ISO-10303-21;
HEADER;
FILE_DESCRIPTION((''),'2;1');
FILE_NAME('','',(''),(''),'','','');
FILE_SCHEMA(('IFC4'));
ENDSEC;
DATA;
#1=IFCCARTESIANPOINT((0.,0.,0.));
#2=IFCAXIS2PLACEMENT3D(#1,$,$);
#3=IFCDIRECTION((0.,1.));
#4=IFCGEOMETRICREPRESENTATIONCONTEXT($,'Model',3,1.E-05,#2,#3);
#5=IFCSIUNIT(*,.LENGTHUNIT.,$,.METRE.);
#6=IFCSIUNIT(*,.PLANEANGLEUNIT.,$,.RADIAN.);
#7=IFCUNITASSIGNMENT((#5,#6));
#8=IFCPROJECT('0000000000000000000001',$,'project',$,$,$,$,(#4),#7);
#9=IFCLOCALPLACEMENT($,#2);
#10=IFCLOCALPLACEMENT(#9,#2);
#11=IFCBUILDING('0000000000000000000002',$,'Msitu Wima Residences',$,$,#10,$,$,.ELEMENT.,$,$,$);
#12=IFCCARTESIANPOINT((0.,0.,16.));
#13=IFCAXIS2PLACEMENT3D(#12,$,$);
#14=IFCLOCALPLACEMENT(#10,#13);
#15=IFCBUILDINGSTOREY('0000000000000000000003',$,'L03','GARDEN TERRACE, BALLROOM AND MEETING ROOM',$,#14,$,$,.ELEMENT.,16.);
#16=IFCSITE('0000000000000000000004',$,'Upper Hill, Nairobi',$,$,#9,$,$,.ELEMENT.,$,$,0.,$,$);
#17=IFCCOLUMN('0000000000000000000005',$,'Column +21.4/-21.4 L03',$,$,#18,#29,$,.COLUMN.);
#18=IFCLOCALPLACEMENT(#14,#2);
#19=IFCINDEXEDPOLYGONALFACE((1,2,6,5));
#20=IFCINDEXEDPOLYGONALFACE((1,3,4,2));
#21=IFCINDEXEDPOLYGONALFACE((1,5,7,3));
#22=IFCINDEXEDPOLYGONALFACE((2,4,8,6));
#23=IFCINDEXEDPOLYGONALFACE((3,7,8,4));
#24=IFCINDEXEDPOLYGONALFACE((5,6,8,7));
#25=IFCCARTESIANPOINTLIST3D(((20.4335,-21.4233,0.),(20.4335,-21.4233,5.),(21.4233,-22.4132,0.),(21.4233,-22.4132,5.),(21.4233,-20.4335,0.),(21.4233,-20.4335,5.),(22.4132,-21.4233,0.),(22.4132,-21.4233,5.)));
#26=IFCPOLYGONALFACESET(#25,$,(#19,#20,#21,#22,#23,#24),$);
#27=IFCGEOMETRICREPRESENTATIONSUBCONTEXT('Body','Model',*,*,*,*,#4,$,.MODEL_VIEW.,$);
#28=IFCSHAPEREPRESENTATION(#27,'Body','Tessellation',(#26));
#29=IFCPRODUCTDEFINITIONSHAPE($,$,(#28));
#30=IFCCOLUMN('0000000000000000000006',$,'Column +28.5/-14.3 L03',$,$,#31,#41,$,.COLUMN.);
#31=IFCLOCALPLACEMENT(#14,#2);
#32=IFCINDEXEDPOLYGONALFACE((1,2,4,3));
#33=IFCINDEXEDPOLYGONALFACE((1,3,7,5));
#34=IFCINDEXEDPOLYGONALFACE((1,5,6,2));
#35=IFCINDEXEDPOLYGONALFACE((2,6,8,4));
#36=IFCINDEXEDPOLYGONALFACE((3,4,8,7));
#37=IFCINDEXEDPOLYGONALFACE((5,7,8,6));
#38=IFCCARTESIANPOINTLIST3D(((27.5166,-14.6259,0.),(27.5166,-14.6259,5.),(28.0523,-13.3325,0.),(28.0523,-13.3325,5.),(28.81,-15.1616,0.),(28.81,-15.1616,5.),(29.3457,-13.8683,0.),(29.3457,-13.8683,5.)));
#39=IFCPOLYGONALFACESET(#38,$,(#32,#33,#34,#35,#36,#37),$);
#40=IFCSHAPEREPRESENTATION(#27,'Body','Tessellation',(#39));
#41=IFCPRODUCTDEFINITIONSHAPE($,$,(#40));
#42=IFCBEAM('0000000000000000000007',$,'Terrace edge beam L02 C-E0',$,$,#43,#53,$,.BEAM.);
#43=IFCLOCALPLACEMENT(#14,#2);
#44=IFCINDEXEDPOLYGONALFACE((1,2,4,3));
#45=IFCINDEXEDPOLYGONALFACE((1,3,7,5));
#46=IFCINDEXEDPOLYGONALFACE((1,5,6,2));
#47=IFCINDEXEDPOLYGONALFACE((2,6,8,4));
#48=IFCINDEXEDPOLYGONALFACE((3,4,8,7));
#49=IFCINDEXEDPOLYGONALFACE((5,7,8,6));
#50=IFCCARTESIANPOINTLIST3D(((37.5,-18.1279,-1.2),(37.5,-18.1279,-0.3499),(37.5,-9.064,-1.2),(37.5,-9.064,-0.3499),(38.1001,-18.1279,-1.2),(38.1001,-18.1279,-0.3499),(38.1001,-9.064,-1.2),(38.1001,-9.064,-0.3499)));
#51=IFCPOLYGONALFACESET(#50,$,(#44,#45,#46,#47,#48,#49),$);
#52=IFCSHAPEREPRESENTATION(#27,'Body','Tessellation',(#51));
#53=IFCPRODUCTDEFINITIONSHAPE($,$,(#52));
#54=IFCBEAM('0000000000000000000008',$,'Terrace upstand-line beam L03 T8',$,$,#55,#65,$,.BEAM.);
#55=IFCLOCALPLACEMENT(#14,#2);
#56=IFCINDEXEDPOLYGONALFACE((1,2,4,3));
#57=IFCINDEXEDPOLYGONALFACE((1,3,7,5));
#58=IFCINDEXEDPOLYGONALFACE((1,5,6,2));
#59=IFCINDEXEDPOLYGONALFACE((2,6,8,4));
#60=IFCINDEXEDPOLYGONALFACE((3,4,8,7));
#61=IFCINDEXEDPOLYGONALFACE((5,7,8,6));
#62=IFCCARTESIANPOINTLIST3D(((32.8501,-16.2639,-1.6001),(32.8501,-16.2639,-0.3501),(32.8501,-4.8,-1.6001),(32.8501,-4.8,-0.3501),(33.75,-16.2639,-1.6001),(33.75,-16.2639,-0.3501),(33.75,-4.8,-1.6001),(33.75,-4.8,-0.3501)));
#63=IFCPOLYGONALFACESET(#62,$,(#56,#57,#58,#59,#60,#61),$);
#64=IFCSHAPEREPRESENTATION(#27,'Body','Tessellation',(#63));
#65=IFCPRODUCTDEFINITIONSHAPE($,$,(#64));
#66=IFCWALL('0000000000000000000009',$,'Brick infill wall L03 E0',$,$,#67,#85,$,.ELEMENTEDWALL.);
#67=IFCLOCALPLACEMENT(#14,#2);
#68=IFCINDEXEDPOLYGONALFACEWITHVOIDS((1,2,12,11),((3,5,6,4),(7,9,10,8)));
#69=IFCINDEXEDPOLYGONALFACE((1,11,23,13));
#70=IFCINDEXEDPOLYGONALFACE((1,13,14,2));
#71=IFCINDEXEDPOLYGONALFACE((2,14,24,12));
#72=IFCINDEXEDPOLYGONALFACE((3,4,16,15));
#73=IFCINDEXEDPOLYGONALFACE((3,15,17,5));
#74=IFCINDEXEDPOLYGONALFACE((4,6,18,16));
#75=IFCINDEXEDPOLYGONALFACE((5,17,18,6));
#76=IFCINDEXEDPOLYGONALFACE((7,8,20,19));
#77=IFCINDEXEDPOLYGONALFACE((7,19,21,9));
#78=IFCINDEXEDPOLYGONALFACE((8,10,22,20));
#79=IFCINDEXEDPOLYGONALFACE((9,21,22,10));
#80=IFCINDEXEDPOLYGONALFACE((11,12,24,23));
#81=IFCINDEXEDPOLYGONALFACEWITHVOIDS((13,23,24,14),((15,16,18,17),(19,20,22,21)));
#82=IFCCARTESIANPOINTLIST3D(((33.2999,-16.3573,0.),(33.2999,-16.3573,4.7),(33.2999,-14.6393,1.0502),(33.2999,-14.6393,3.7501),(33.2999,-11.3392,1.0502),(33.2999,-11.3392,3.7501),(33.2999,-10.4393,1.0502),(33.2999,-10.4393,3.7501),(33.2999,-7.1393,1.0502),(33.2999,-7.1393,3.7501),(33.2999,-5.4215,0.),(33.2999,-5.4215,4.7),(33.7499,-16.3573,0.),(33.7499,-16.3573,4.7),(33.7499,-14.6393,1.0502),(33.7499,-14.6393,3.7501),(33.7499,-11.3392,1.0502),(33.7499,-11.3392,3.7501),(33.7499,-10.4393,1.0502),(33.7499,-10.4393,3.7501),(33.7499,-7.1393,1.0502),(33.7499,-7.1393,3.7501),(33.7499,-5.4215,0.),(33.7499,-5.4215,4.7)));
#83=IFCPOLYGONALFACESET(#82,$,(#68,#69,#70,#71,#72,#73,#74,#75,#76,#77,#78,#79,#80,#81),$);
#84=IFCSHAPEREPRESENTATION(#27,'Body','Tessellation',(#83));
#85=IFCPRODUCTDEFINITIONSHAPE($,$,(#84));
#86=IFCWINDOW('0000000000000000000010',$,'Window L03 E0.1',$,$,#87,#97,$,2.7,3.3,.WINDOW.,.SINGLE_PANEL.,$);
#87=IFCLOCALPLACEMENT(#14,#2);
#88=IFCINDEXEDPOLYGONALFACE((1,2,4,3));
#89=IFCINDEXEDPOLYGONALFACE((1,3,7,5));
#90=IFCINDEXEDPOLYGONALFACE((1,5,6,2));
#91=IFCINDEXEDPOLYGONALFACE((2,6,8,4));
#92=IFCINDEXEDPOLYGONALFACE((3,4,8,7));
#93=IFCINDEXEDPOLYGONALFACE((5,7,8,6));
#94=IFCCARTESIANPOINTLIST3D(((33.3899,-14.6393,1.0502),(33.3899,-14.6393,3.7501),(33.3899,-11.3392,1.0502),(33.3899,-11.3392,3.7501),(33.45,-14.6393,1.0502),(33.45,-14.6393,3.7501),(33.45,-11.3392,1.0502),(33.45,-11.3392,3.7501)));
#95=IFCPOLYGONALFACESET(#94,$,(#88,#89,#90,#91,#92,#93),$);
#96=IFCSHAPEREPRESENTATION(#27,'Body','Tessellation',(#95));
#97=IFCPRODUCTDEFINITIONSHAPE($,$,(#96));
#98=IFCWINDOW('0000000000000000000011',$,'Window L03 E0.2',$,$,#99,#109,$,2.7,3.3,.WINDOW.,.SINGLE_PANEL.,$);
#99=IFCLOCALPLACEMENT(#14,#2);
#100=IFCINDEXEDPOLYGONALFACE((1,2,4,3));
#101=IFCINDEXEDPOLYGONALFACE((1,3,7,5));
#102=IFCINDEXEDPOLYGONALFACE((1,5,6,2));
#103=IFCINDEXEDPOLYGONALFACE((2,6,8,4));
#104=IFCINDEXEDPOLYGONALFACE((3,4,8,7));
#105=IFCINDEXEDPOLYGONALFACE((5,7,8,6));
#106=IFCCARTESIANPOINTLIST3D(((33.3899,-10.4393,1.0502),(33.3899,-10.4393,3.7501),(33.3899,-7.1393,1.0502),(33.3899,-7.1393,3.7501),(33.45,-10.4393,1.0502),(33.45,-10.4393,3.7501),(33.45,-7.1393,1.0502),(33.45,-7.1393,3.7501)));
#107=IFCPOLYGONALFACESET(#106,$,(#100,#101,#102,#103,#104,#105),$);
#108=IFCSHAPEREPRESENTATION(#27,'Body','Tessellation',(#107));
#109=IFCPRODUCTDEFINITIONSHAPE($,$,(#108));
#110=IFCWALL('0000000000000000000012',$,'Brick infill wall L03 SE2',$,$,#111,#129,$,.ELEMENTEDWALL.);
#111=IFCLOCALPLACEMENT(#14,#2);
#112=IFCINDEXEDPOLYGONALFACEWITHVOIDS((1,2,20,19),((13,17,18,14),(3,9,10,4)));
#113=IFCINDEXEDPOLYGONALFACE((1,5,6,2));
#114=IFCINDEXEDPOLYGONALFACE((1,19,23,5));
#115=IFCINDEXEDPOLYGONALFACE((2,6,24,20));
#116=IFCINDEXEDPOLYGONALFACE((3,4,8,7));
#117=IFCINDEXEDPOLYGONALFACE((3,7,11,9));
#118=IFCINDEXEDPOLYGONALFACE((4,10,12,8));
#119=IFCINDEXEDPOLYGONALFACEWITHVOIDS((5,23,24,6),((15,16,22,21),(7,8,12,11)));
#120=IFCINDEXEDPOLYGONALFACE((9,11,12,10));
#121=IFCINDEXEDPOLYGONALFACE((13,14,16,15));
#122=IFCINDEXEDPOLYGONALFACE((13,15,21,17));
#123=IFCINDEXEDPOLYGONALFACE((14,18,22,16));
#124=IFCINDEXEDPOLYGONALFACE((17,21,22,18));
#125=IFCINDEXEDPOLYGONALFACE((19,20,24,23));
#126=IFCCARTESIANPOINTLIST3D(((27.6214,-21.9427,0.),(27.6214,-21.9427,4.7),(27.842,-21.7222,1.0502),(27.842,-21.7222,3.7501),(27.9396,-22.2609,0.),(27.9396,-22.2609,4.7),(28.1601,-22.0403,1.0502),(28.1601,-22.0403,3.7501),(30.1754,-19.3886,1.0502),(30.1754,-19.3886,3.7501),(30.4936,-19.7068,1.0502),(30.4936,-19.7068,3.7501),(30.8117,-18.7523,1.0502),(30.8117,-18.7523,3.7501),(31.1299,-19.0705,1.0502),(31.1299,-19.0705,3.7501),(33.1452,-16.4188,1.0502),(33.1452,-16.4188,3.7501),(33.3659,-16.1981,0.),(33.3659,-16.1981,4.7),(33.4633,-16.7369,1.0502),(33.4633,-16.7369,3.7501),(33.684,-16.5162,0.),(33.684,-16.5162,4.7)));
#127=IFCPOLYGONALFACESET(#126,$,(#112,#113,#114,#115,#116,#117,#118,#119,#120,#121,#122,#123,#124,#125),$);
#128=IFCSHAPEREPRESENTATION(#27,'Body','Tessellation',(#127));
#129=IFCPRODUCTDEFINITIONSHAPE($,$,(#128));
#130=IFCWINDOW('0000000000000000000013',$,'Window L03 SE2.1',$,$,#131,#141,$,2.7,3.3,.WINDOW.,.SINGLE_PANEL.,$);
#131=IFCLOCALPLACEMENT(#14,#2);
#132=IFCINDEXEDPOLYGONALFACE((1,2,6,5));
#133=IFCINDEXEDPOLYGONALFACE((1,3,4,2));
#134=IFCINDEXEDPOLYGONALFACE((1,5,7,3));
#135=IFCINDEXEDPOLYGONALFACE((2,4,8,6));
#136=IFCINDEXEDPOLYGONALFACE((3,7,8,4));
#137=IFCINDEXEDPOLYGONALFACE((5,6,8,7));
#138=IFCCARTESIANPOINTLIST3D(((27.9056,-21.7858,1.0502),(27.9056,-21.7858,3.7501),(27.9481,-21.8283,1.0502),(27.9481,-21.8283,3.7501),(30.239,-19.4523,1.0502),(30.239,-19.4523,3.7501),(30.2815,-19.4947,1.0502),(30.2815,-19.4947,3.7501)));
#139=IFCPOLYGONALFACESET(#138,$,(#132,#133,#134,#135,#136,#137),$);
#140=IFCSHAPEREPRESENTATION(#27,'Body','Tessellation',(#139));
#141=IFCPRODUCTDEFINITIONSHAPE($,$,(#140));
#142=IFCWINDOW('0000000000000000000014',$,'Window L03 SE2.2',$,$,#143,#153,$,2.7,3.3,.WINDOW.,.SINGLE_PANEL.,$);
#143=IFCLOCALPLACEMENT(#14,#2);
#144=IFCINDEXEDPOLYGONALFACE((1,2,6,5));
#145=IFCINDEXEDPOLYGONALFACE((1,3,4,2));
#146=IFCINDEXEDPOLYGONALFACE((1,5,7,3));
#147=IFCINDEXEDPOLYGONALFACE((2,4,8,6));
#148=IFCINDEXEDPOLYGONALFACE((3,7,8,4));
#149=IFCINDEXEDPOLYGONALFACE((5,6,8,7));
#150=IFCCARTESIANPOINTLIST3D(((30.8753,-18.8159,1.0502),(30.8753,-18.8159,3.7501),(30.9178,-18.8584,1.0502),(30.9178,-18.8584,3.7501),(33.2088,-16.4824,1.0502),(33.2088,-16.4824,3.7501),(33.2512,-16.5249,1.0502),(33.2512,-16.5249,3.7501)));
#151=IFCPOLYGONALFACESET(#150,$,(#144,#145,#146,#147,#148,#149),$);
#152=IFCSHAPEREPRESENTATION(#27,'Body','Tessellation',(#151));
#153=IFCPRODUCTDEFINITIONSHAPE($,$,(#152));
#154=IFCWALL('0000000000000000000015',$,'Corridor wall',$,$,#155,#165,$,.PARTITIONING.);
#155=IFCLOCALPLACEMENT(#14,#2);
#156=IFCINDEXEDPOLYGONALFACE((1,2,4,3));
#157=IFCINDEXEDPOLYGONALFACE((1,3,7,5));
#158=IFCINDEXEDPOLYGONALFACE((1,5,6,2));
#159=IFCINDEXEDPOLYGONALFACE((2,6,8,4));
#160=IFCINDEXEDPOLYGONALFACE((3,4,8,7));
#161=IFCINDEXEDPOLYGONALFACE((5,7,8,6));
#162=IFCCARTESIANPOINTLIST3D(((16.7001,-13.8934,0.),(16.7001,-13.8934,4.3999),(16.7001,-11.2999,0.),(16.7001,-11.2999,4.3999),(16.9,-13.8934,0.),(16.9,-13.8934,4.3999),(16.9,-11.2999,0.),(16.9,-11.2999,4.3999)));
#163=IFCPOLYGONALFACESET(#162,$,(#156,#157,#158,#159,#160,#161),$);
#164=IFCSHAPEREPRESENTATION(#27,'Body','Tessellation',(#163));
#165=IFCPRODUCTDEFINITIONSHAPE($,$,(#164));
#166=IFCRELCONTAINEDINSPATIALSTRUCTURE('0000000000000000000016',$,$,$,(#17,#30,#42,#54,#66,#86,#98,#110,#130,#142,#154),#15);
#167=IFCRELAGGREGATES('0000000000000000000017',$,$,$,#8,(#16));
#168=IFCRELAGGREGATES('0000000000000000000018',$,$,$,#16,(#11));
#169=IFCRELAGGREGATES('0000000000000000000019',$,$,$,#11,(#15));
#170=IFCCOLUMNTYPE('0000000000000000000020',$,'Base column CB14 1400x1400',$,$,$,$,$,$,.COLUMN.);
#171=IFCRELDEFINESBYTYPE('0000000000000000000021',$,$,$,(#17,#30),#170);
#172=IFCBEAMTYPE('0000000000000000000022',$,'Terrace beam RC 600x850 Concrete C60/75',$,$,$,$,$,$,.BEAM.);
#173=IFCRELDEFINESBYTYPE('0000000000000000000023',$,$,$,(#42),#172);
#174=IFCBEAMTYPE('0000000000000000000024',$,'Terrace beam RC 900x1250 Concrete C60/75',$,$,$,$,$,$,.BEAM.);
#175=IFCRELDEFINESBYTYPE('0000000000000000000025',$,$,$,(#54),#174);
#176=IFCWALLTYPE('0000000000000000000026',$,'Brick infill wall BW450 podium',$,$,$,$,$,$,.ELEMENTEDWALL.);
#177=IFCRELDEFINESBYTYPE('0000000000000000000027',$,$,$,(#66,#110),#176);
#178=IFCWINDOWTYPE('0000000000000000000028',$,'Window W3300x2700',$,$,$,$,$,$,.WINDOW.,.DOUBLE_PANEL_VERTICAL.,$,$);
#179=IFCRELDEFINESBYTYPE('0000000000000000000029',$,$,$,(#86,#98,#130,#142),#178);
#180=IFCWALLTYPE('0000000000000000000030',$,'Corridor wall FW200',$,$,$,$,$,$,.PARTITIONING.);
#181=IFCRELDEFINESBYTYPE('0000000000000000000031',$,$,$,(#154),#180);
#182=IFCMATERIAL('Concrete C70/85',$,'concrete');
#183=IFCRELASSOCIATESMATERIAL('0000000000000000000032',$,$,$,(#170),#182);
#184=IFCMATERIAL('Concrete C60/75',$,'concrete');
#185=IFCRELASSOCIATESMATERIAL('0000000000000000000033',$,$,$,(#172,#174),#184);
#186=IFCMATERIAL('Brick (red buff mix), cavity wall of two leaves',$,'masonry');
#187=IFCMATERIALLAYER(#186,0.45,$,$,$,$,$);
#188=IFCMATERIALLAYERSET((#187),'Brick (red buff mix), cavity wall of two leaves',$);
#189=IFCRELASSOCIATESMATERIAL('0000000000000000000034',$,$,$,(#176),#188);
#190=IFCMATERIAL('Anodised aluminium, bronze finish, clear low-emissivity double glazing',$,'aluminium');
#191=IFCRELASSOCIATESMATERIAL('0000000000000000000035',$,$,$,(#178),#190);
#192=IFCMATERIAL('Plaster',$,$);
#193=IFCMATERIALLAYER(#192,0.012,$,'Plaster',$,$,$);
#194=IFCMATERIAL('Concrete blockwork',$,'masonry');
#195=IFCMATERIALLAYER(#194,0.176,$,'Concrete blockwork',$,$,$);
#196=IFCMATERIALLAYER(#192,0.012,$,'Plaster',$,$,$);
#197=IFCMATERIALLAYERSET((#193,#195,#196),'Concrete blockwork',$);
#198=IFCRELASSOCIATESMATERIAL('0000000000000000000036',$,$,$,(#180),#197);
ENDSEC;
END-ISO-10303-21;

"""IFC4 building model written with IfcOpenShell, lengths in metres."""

from ifc_helpers import new_model, si_unit, direction, frame, frame_2d, origin, origin_2d, place, context, subcontext, project, spatial, rectangle, extrude, material, layer, layer_set, material_profile, profile_set, type_object, element, fill, save


model = new_model("IFC4")

# Units and contexts
model_context = context("Model", 3, precision=1e-05, world=origin(), true_north=direction((0.0, 1.0)))
body_context = subcontext(model_context, "Body", "Model", "MODEL_VIEW")
ifc_project = project(units=[si_unit("LENGTHUNIT", "METRE"), si_unit("PLANEANGLEUNIT", "RADIAN")], contexts=[model_context])

# Site, building, storey
site_placement = place(None, origin())
site = spatial("IfcSite", under=ifc_project, at=site_placement, Name="Upper Hill, Nairobi", CompositionType="ELEMENT", RefElevation=0.0)
building_placement = place(site_placement, origin())
building = spatial("IfcBuilding", under=site, at=building_placement, Name="Msitu Wima Residences", CompositionType="ELEMENT")
storey_placement = place(building_placement, frame((0.0, 0.0, 16.0)))
storey = spatial("IfcBuildingStorey", under=building, at=storey_placement, Name="L03", Description="GARDEN TERRACE, BALLROOM AND MEETING ROOM", CompositionType="ELEMENT", Elevation=16.0)

# Columns
ifc_material_1 = material(Name="Concrete C70/85", Category="concrete")
ifc_material_profile_1 = material_profile(ifc_material_1, rectangle(XDim=1.3999, YDim=1.3999, at=origin_2d()), Name="RC 1400x1400")
ifc_profile_set_1 = profile_set([ifc_material_profile_1], Name="Concrete C70/85")
column_type = type_object("IfcColumnType", Name="Base column CB14 1400x1400", PredefinedType="COLUMN", material=ifc_profile_set_1)
for number, where, z_axis, x_axis, name in (
    (1, (21.4233, -21.4233, 0.0), (0.0, 0.0, 1.0), (0.707107, 0.707107, 0.0), "Column +21.4/-21.4 L03"),
    (2, (28.4312, -14.2471, 0.0), (0.0, 0.0, 1.0), (0.382683, 0.92388, 0.0), "Column +28.5/-14.3 L03"),
):
    element("IfcColumn", number, at=place(storey_placement, frame(where, z_axis=z_axis, x_axis=x_axis)), inside=storey, type_object=column_type, Name=name, PredefinedType="COLUMN", context=body_context, shape_type="SweptSolid", body=[
        extrude(rectangle(XDim=1.3999, YDim=1.3999, at=origin_2d()), origin(), (0.0, 0.0, 1.0), 5.0),
    ])

# Beams
ifc_material_2 = material(Name="Concrete C60/75", Category="concrete")
ifc_material_profile_2 = material_profile(ifc_material_2, rectangle(XDim=0.6001, YDim=0.8501, at=origin_2d()), Name="RC 600x850")
ifc_profile_set_2 = profile_set([ifc_material_profile_2], Name="Concrete C60/75")
beam_type_1 = type_object("IfcBeamType", Name="Terrace beam RC 600x850 Concrete C60/75", PredefinedType="BEAM", material=ifc_profile_set_2)
beam_1_placement = place(storey_placement, frame((37.8, -18.1279, -0.7749), z_axis=(0.0, 1.0, 0.0), x_axis=(-1.0, 0.0, 0.0)))
element("IfcBeam", 3, at=beam_1_placement, inside=storey, type_object=beam_type_1, Name="Terrace edge beam L02 C-E0", PredefinedType="BEAM", context=body_context, shape_type="SweptSolid", body=[
    extrude(rectangle(XDim=0.6001, YDim=0.8501, at=origin_2d()), origin(), (0.0, 0.0, 1.0), 9.064),
])
ifc_material_profile_3 = material_profile(ifc_material_2, rectangle(XDim=0.8999, YDim=1.25, at=origin_2d()), Name="RC 900x1250")
ifc_profile_set_3 = profile_set([ifc_material_profile_3], Name="Concrete C60/75")
beam_type_2 = type_object("IfcBeamType", Name="Terrace beam RC 900x1250 Concrete C60/75", PredefinedType="BEAM", material=ifc_profile_set_3)
beam_2_placement = place(storey_placement, frame((33.3, -16.2639, -0.9751), z_axis=(0.0, 1.0, 0.0), x_axis=(-1.0, 0.0, 0.0)))
element("IfcBeam", 4, at=beam_2_placement, inside=storey, type_object=beam_type_2, Name="Terrace upstand-line beam L03 T8", PredefinedType="BEAM", context=body_context, shape_type="SweptSolid", body=[
    extrude(rectangle(XDim=0.8999, YDim=1.25, at=origin_2d()), origin(), (0.0, 0.0, 1.0), 11.4639),
])

# Walls, openings, windows
ifc_material_3 = material(Name="Brick (red buff mix), cavity wall of two leaves", Category="masonry")
ifc_layer_1 = layer(ifc_material_3, 0.45)
ifc_layer_set_1 = layer_set([ifc_layer_1], Name="Brick (red buff mix), cavity wall of two leaves")
wall_type_1 = type_object("IfcWallType", Name="Brick infill wall BW450 podium", PredefinedType="ELEMENTEDWALL", material=ifc_layer_set_1)
wall_1_placement = place(storey_placement, frame((33.5249, -16.3572, 0.0), z_axis=(0.0, 0.0, 1.0), x_axis=(0.0, 1.0, 0.0)))
wall_1 = element("IfcWall", 5, at=wall_1_placement, inside=storey, type_object=wall_type_1, Name="Brick infill wall L03 E0", PredefinedType="ELEMENTEDWALL", context=body_context, shape_type="SweptSolid", body=[
    extrude(rectangle(XDim=10.9358, YDim=0.45, at=frame_2d((5.4678, 0.0))), origin(), (0.0, 0.0, 1.0), 4.7),
])
opening_1_placement = place(wall_1_placement, frame((1.718, 0.0, 1.05)))
opening_1 = element("IfcOpeningElement", 6, at=opening_1_placement, cuts=wall_1, PredefinedType="OPENING", context=body_context, shape_type="SweptSolid", body=[
    extrude(rectangle(XDim=3.3, YDim=2.7, at=frame_2d((1.6499, 1.3501))), frame((0.0, 0.2349, 0.0), z_axis=(0.0, -1.0, 0.0), x_axis=(1.0, 0.0, 0.0)), (0.0, 0.0, 1.0), 0.47),
])
opening_2_placement = place(wall_1_placement, frame((5.918, 0.0, 1.05)))
opening_2 = element("IfcOpeningElement", 7, at=opening_2_placement, cuts=wall_1, PredefinedType="OPENING", context=body_context, shape_type="SweptSolid", body=[
    extrude(rectangle(XDim=3.3, YDim=2.7, at=frame_2d((1.6499, 1.3501))), frame((0.0, 0.2349, 0.0), z_axis=(0.0, -1.0, 0.0), x_axis=(1.0, 0.0, 0.0)), (0.0, 0.0, 1.0), 0.47),
])
ifc_material_4 = material(Name="Anodised aluminium, bronze finish, clear low-emissivity double glazing", Category="aluminium")
window_type = type_object("IfcWindowType", Name="Window W3300x2700", PartitioningType="DOUBLE_PANEL_VERTICAL", PredefinedType="WINDOW", material=ifc_material_4)
window_1_placement = place(opening_1_placement, origin())
window_1 = element("IfcWindow", 8, at=window_1_placement, inside=storey, type_object=window_type, Name="Window L03 E0.1", OverallHeight=2.7, OverallWidth=3.3, PartitioningType="SINGLE_PANEL", PredefinedType="WINDOW", context=body_context, shape_type="SweptSolid", body=[
    extrude(rectangle(XDim=3.3, YDim=2.7, at=frame_2d((1.6499, 1.3501))), frame((0.0, 0.135, 0.0), z_axis=(0.0, -1.0, 0.0), x_axis=(1.0, 0.0, 0.0)), (0.0, 0.0, 1.0), 0.0601),
])
fill(opening_1, window_1)
window_2_placement = place(opening_2_placement, origin())
window_2 = element("IfcWindow", 9, at=window_2_placement, inside=storey, type_object=window_type, Name="Window L03 E0.2", OverallHeight=2.7, OverallWidth=3.3, PartitioningType="SINGLE_PANEL", PredefinedType="WINDOW", context=body_context, shape_type="SweptSolid", body=[
    extrude(rectangle(XDim=3.3, YDim=2.7, at=frame_2d((1.6499, 1.3501))), frame((0.0, 0.135, 0.0), z_axis=(0.0, -1.0, 0.0), x_axis=(1.0, 0.0, 0.0)), (0.0, 0.0, 1.0), 0.0601),
])
fill(opening_2, window_2)
wall_2_placement = place(storey_placement, frame((27.7805, -22.1018, 0.0), z_axis=(0.0, 0.0, 1.0), x_axis=(0.707092, 0.707122, 0.0)))
wall_2 = element("IfcWall", 10, at=wall_2_placement, inside=storey, type_object=wall_type_1, Name="Brick infill wall L03 SE2", PredefinedType="ELEMENTEDWALL", context=body_context, shape_type="SweptSolid", body=[
    extrude(rectangle(XDim=8.124, YDim=0.45, at=frame_2d((4.062, 0.0))), origin(), (0.0, 0.0, 1.0), 4.7),
])
opening_3_placement = place(wall_2_placement, frame((0.312, 0.0, 1.05)))
opening_3 = element("IfcOpeningElement", 11, at=opening_3_placement, cuts=wall_2, PredefinedType="OPENING", context=body_context, shape_type="SweptSolid", body=[
    extrude(rectangle(XDim=3.3, YDim=2.7, at=frame_2d((1.6499, 1.3501))), frame((0.0, 0.2349, 0.0), z_axis=(0.0, -1.0, 0.0), x_axis=(1.0, 0.0, 0.0)), (0.0, 0.0, 1.0), 0.47),
])
opening_4_placement = place(wall_2_placement, frame((4.512, 0.0, 1.05)))
opening_4 = element("IfcOpeningElement", 12, at=opening_4_placement, cuts=wall_2, PredefinedType="OPENING", context=body_context, shape_type="SweptSolid", body=[
    extrude(rectangle(XDim=3.3, YDim=2.7, at=frame_2d((1.6499, 1.3501))), frame((0.0, 0.2349, 0.0), z_axis=(0.0, -1.0, 0.0), x_axis=(1.0, 0.0, 0.0)), (0.0, 0.0, 1.0), 0.47),
])
window_3_placement = place(opening_3_placement, origin())
window_3 = element("IfcWindow", 13, at=window_3_placement, inside=storey, type_object=window_type, Name="Window L03 SE2.1", OverallHeight=2.7, OverallWidth=3.3, PartitioningType="SINGLE_PANEL", PredefinedType="WINDOW", context=body_context, shape_type="SweptSolid", body=[
    extrude(rectangle(XDim=3.3, YDim=2.7, at=frame_2d((1.6499, 1.3501))), frame((0.0, 0.135, 0.0), z_axis=(0.0, -1.0, 0.0), x_axis=(1.0, 0.0, 0.0)), (0.0, 0.0, 1.0), 0.0601),
])
fill(opening_3, window_3)
window_4_placement = place(opening_4_placement, origin())
window_4 = element("IfcWindow", 14, at=window_4_placement, inside=storey, type_object=window_type, Name="Window L03 SE2.2", OverallHeight=2.7, OverallWidth=3.3, PartitioningType="SINGLE_PANEL", PredefinedType="WINDOW", context=body_context, shape_type="SweptSolid", body=[
    extrude(rectangle(XDim=3.3, YDim=2.7, at=frame_2d((1.6499, 1.3501))), frame((0.0, 0.135, 0.0), z_axis=(0.0, -1.0, 0.0), x_axis=(1.0, 0.0, 0.0)), (0.0, 0.0, 1.0), 0.0601),
])
fill(opening_4, window_4)

# Wall
ifc_material_5 = material(Name="Plaster")
ifc_layer_2 = layer(ifc_material_5, 0.012, Name="Plaster")
ifc_material_6 = material(Name="Concrete blockwork", Category="masonry")
ifc_layer_3 = layer(ifc_material_6, 0.176, Name="Concrete blockwork")
ifc_layer_4 = layer(ifc_material_5, 0.012, Name="Plaster")
ifc_layer_set_2 = layer_set([ifc_layer_2, ifc_layer_3, ifc_layer_4], Name="Concrete blockwork")
wall_type_2 = type_object("IfcWallType", Name="Corridor wall FW200", PredefinedType="PARTITIONING", material=ifc_layer_set_2)
wall_3_placement = place(storey_placement, frame((16.8, -13.8936, 0.0), z_axis=(0.0, 0.0, 1.0), x_axis=(0.0, 1.0, 0.0)))
element("IfcWall", 15, at=wall_3_placement, inside=storey, type_object=wall_type_2, Name="Corridor wall", PredefinedType="PARTITIONING", context=body_context, shape_type="SweptSolid", body=[
    extrude(rectangle(XDim=2.5935, YDim=0.2, at=frame_2d((1.2969, 0.0))), origin(), (0.0, 0.0, 1.0), 4.3999),
])

save(model, "model.ifc")
